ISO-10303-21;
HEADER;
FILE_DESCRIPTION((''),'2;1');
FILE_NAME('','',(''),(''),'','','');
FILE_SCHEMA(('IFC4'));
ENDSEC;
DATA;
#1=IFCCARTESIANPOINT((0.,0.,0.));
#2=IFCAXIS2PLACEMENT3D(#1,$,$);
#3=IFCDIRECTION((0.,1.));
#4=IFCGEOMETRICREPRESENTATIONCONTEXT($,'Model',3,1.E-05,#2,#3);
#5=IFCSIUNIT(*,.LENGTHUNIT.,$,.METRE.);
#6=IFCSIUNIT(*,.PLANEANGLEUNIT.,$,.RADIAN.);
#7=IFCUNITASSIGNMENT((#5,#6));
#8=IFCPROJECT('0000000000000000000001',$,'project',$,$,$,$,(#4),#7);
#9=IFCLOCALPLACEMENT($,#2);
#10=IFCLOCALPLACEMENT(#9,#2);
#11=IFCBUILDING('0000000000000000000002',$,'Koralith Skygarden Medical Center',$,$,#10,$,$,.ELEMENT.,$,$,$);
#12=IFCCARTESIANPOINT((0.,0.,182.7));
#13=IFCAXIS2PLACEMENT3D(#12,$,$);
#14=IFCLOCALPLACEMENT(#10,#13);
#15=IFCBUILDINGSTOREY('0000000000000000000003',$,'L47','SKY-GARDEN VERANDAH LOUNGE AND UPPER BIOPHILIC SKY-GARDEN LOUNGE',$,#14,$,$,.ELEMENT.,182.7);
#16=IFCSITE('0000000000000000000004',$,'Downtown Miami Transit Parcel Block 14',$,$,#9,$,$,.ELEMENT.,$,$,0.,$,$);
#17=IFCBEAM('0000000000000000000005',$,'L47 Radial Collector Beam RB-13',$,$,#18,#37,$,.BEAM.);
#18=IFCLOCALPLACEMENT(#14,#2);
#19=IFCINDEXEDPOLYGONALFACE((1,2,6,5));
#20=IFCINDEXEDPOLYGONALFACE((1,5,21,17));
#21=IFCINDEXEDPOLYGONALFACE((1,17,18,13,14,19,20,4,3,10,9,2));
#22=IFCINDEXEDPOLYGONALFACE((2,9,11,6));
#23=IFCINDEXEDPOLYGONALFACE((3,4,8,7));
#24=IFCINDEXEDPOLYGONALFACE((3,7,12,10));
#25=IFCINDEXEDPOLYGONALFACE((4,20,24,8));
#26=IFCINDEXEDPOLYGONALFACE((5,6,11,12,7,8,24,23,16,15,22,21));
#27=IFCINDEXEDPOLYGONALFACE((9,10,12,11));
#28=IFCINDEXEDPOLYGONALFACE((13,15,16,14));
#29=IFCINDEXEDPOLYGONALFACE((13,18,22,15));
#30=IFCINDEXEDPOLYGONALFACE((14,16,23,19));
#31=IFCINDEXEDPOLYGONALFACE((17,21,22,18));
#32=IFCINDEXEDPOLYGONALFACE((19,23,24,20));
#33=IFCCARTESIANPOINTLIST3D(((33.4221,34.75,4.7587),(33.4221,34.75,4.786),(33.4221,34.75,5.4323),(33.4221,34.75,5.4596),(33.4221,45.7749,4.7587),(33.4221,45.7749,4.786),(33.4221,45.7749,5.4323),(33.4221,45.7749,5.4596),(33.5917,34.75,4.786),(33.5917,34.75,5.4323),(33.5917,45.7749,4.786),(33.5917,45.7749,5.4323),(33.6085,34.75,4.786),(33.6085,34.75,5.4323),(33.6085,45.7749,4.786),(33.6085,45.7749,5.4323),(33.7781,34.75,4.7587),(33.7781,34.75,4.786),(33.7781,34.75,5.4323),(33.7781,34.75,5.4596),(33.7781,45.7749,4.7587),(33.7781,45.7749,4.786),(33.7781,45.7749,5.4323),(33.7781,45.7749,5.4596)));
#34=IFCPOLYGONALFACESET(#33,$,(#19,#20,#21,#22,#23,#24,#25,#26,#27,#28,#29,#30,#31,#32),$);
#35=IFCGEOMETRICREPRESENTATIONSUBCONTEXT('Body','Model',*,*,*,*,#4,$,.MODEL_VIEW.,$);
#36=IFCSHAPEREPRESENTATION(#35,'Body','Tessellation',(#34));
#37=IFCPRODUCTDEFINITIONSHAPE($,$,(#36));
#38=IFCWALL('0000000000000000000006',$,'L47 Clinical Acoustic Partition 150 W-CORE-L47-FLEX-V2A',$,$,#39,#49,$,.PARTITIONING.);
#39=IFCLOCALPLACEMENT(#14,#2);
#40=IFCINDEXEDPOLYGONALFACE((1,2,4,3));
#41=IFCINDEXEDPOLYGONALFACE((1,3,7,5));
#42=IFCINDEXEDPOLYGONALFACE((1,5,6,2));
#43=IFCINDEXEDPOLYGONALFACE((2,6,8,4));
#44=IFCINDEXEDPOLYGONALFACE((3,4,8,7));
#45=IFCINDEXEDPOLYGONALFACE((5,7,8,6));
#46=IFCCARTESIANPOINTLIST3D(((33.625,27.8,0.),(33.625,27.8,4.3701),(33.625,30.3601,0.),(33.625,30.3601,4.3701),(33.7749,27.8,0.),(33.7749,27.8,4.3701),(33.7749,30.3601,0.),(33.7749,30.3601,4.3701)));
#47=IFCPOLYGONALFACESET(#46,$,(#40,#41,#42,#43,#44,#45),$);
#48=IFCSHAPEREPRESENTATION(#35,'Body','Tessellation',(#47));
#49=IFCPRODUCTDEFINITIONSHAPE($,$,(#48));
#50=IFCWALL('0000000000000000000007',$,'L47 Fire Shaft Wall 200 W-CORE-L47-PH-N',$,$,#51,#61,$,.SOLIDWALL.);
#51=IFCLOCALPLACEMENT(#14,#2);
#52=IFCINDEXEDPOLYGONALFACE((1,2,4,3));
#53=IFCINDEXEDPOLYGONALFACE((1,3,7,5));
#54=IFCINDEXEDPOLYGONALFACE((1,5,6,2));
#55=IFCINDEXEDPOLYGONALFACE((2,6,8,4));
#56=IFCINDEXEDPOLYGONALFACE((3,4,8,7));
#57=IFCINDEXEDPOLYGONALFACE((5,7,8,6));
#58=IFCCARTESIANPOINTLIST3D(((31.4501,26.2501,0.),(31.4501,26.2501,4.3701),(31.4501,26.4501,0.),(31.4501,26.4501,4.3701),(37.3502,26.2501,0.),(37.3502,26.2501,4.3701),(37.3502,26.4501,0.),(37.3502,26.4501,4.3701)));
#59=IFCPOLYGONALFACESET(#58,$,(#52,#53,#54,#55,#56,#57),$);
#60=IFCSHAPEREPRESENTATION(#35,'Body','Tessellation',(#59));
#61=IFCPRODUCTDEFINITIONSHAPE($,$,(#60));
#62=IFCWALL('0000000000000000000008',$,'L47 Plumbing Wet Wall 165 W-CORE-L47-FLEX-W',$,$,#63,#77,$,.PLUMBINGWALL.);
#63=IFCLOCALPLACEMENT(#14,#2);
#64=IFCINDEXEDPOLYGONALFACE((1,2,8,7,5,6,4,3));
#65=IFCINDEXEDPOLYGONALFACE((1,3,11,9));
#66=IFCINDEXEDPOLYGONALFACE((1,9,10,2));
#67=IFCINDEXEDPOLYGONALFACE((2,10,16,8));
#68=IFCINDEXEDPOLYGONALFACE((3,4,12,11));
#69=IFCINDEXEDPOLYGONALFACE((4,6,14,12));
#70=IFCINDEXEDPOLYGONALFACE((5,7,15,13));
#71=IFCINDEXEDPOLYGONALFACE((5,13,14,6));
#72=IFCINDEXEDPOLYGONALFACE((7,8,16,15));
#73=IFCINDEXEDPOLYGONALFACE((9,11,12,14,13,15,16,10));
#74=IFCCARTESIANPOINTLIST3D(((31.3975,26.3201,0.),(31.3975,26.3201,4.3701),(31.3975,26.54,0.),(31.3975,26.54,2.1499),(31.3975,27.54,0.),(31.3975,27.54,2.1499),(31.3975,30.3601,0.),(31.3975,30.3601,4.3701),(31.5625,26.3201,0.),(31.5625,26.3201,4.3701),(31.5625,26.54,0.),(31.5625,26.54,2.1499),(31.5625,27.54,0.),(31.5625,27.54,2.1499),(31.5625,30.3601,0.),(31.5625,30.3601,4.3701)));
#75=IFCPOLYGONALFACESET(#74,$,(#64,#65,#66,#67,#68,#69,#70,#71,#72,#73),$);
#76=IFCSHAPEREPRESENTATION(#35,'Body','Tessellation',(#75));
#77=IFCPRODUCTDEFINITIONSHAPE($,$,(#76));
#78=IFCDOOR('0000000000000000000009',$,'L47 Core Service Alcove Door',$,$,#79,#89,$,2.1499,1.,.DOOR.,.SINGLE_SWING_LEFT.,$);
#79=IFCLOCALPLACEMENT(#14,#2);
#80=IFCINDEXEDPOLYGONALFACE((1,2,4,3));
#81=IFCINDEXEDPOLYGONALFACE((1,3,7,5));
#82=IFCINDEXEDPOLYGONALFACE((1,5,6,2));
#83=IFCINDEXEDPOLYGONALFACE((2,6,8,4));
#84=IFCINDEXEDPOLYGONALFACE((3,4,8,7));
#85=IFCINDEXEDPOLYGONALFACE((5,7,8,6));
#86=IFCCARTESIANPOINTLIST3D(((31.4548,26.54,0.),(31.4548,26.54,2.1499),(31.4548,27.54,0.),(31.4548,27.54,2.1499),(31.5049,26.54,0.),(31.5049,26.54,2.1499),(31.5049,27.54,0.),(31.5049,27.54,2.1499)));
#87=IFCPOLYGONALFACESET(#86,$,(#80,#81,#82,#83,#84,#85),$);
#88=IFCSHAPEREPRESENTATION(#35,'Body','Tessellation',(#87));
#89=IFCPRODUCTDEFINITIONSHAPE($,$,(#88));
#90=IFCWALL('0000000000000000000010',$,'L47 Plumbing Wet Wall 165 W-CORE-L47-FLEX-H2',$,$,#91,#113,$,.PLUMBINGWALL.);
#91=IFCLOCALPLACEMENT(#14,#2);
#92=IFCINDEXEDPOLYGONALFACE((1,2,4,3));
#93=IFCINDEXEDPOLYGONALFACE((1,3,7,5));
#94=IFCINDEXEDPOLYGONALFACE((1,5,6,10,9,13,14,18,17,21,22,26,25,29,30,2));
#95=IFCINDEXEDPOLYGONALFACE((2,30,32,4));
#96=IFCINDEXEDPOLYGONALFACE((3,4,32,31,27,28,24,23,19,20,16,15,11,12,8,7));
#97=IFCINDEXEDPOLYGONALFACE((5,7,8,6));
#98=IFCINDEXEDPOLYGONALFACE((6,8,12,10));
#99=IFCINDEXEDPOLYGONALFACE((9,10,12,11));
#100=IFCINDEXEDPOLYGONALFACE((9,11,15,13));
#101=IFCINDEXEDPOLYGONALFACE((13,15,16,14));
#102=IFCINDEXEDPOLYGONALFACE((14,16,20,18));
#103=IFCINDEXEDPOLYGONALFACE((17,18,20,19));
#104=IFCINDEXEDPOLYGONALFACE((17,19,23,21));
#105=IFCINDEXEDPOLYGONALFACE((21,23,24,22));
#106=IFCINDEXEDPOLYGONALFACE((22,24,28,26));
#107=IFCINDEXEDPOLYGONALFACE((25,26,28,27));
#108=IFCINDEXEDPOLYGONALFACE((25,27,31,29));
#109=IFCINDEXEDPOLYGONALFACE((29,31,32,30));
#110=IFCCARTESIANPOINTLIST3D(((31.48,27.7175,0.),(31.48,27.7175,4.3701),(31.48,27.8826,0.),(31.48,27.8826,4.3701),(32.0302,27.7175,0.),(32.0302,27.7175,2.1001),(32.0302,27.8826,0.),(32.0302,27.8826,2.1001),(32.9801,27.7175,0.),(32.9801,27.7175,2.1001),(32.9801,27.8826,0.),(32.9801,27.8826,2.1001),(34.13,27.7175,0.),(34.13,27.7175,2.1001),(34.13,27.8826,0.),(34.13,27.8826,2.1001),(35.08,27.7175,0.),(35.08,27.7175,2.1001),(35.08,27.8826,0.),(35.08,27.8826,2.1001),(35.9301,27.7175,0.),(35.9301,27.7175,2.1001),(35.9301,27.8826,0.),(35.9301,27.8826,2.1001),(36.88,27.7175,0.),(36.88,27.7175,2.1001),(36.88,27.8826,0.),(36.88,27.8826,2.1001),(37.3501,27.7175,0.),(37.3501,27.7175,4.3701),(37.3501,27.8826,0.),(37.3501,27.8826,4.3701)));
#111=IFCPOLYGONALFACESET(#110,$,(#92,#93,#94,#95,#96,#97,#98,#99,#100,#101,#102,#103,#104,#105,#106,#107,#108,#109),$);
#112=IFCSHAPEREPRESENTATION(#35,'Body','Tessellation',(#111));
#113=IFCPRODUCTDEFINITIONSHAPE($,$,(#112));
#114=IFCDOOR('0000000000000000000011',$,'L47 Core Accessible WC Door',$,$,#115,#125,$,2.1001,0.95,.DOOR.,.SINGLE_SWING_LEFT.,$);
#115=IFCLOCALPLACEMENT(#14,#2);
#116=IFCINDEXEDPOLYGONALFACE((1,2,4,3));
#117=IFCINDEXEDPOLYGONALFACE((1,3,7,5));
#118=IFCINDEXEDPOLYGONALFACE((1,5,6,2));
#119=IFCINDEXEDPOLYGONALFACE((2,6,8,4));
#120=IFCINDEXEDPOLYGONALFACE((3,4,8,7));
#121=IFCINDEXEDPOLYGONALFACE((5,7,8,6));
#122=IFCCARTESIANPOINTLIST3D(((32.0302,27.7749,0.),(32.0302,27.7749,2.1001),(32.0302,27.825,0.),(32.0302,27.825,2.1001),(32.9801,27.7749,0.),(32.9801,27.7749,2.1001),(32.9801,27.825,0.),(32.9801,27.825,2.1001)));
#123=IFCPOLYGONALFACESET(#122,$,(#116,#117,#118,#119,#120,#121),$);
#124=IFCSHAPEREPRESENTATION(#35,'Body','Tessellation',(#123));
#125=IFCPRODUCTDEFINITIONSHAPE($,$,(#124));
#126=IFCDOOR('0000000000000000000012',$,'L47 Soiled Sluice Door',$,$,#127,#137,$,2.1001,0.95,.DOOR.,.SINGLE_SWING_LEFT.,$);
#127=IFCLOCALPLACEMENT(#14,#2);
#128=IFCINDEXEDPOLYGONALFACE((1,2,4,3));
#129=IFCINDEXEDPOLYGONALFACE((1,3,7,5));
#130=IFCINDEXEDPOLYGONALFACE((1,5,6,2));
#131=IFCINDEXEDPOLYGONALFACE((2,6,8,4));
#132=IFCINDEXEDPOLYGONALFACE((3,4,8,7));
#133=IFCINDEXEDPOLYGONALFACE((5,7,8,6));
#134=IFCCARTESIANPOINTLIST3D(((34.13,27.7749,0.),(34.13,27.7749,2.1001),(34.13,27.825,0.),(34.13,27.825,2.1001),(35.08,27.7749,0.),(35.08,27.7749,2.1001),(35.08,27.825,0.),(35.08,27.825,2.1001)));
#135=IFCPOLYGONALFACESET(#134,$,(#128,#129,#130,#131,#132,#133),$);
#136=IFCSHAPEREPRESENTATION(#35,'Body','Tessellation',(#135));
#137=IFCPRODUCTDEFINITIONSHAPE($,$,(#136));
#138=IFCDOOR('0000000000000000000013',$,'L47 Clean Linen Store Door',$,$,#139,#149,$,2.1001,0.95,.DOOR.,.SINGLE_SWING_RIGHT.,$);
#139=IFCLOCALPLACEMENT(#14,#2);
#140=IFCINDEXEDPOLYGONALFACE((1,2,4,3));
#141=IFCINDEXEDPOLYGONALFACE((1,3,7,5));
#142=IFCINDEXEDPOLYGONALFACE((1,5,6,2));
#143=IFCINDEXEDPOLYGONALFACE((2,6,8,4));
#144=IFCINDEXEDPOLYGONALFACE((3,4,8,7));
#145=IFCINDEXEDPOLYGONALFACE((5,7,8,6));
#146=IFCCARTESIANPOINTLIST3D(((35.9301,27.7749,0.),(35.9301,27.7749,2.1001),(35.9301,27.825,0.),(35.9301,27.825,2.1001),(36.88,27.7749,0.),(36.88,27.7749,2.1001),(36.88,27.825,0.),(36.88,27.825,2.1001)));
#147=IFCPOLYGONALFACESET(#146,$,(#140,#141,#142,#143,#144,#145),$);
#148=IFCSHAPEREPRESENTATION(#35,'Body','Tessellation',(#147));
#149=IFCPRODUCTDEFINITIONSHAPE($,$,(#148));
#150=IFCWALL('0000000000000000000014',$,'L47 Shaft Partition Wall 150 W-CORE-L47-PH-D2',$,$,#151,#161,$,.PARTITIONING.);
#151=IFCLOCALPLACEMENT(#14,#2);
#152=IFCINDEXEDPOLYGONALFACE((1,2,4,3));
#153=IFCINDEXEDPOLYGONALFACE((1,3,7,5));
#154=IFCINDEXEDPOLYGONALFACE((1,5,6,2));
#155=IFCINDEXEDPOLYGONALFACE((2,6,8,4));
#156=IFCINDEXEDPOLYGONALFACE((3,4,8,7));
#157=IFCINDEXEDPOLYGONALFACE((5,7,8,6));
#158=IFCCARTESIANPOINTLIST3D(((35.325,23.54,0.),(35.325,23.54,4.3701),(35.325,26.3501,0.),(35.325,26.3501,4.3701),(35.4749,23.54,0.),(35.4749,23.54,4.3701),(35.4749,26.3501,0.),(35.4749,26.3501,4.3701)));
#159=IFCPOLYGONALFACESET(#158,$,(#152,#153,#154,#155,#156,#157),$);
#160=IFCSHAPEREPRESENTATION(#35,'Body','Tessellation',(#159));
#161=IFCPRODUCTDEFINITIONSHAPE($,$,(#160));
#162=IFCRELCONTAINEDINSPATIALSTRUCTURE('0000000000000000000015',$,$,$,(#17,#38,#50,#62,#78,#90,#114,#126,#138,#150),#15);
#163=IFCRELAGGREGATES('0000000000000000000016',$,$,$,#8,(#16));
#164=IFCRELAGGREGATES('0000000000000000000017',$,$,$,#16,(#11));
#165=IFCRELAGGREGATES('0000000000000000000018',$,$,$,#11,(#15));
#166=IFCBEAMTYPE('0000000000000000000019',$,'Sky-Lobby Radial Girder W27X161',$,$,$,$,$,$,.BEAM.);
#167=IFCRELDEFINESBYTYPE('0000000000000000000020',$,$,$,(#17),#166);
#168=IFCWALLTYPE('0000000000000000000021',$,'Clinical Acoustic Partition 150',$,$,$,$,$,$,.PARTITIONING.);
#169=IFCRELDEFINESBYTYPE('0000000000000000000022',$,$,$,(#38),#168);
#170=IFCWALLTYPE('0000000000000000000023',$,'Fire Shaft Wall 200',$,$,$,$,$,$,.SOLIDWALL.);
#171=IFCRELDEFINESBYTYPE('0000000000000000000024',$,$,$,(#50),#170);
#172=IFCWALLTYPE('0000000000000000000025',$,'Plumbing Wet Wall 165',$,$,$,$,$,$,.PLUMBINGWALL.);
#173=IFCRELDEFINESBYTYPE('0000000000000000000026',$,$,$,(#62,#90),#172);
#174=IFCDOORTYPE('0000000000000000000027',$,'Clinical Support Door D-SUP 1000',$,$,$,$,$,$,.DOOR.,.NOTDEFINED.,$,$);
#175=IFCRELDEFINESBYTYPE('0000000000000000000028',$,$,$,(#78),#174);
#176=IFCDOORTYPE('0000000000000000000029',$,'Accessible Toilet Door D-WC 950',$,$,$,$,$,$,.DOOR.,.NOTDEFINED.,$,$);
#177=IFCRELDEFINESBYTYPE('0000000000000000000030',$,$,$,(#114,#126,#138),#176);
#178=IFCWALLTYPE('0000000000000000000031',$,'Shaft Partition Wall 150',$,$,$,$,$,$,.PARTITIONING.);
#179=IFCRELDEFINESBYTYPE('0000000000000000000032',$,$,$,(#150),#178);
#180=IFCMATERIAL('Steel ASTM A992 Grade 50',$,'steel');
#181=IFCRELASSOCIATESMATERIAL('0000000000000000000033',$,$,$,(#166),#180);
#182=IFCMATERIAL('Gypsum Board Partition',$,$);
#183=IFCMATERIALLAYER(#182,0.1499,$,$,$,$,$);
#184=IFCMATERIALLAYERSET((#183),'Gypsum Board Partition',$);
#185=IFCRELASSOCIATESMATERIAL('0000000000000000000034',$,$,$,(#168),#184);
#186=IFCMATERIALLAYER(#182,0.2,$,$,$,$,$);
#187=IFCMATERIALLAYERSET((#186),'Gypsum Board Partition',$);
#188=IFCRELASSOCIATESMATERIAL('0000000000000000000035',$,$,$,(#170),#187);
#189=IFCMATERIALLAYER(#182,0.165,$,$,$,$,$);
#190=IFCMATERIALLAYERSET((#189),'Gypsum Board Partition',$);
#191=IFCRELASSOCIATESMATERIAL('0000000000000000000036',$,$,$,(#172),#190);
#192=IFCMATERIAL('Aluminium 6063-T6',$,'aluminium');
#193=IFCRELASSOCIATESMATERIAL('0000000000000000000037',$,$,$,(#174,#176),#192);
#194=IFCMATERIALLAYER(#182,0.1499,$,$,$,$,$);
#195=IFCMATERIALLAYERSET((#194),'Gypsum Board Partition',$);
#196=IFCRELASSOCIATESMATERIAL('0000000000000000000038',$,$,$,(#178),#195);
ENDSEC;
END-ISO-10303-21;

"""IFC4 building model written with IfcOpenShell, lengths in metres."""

from ifc_helpers import new_model, si_unit, direction, frame, frame_2d, origin, origin_2d, place, context, subcontext, project, spatial, rectangle, i_section, extrude, material, layer, layer_set, material_profile, profile_set, type_object, element, fill, save


model = new_model("IFC4")

# Units and contexts
model_context = context("Model", 3, precision=1e-05, world=origin(), true_north=direction((0.0, 1.0)))
body_context = subcontext(model_context, "Body", "Model", "MODEL_VIEW")
ifc_project = project(units=[si_unit("LENGTHUNIT", "METRE"), si_unit("PLANEANGLEUNIT", "RADIAN")], contexts=[model_context])

# Site, building, storey
site_placement = place(None, origin())
site = spatial("IfcSite", under=ifc_project, at=site_placement, Name="Downtown Miami Transit Parcel Block 14", CompositionType="ELEMENT", RefElevation=0.0)
building_placement = place(site_placement, origin())
building = spatial("IfcBuilding", under=site, at=building_placement, Name="Koralith Skygarden Medical Center", CompositionType="ELEMENT")
storey_placement = place(building_placement, frame((0.0, 0.0, 182.7)))
storey = spatial("IfcBuildingStorey", under=building, at=storey_placement, Name="L47", Description="SKY-GARDEN VERANDAH LOUNGE AND UPPER BIOPHILIC SKY-GARDEN LOUNGE", CompositionType="ELEMENT", Elevation=182.7)

# Beam
ifc_material_1 = material(Name="Steel ASTM A992 Grade 50", Category="steel")
ifc_material_profile = material_profile(ifc_material_1, i_section(OverallWidth=0.356, OverallDepth=0.7009, WebThickness=0.0168, FlangeThickness=0.0273, at=origin_2d()), Name="W27X161")
ifc_profile_set = profile_set([ifc_material_profile], Name="Steel ASTM A992 Grade 50")
beam_type = type_object("IfcBeamType", Name="Sky-Lobby Radial Girder W27X161", PredefinedType="BEAM", material=ifc_profile_set)
beam_placement = place(storey_placement, frame((33.6001, 34.75, 5.1091), z_axis=(0.0, 1.0, 0.0), x_axis=(-1.0, 0.0, 0.0)))
element("IfcBeam", 1, at=beam_placement, inside=storey, type_object=beam_type, Name="L47 Radial Collector Beam RB-13", PredefinedType="BEAM", context=body_context, shape_type="SweptSolid", body=[
    extrude(i_section(OverallWidth=0.356, OverallDepth=0.7009, WebThickness=0.0168, FlangeThickness=0.0273, at=origin_2d()), origin(), (0.0, 0.0, 1.0), 11.0249),
])

# Walls
ifc_material_2 = material(Name="Gypsum Board Partition")
ifc_layer_1 = layer(ifc_material_2, 0.1499)
ifc_layer_set_1 = layer_set([ifc_layer_1], Name="Gypsum Board Partition")
wall_type_1 = type_object("IfcWallType", Name="Clinical Acoustic Partition 150", PredefinedType="PARTITIONING", material=ifc_layer_set_1)
wall_1_placement = place(storey_placement, frame((33.7, 27.8, 0.0), z_axis=(0.0, 0.0, 1.0), x_axis=(0.0, 1.0, 0.0)))
element("IfcWall", 2, at=wall_1_placement, inside=storey, type_object=wall_type_1, Name="L47 Clinical Acoustic Partition 150 W-CORE-L47-FLEX-V2A", PredefinedType="PARTITIONING", context=body_context, shape_type="SweptSolid", body=[
    extrude(rectangle(XDim=2.5601, YDim=0.1499, at=frame_2d((1.28, 0.0))), origin(), (0.0, 0.0, 1.0), 4.3701),
])
ifc_layer_2 = layer(ifc_material_2, 0.2)
ifc_layer_set_2 = layer_set([ifc_layer_2], Name="Gypsum Board Partition")
wall_type_2 = type_object("IfcWallType", Name="Fire Shaft Wall 200", PredefinedType="SOLIDWALL", material=ifc_layer_set_2)
wall_2_placement = place(storey_placement, frame((31.45, 26.3501, 0.0), z_axis=(0.0, 0.0, 1.0), x_axis=(1.0, 0.0, 0.0)))
element("IfcWall", 3, at=wall_2_placement, inside=storey, type_object=wall_type_2, Name="L47 Fire Shaft Wall 200 W-CORE-L47-PH-N", PredefinedType="SOLIDWALL", context=body_context, shape_type="SweptSolid", body=[
    extrude(rectangle(XDim=5.9001, YDim=0.2, at=frame_2d((2.9502, 0.0))), origin(), (0.0, 0.0, 1.0), 4.3701),
])

# Wall, opening, door
ifc_layer_3 = layer(ifc_material_2, 0.165)
ifc_layer_set_3 = layer_set([ifc_layer_3], Name="Gypsum Board Partition")
wall_type_3 = type_object("IfcWallType", Name="Plumbing Wet Wall 165", PredefinedType="PLUMBINGWALL", material=ifc_layer_set_3)
wall_3_placement = place(storey_placement, frame((31.48, 26.3201, 0.0), z_axis=(0.0, 0.0, 1.0), x_axis=(0.0, 1.0, 0.0)))
wall_3 = element("IfcWall", 4, at=wall_3_placement, inside=storey, type_object=wall_type_3, Name="L47 Plumbing Wet Wall 165 W-CORE-L47-FLEX-W", PredefinedType="PLUMBINGWALL", context=body_context, shape_type="SweptSolid", body=[
    extrude(rectangle(XDim=4.04, YDim=0.165, at=frame_2d((2.02, 0.0))), origin(), (0.0, 0.0, 1.0), 4.3701),
])
opening_1_placement = place(wall_3_placement, frame((0.22, 0.0, 0.0)))
opening_1 = element("IfcOpeningElement", 5, at=opening_1_placement, cuts=wall_3, PredefinedType="OPENING", context=body_context, shape_type="SweptSolid", body=[
    extrude(rectangle(XDim=1.0, YDim=2.1499, at=frame_2d((0.5, 1.075))), frame((0.0, 0.0925, 0.0), z_axis=(0.0, -1.0, 0.0), x_axis=(1.0, 0.0, 0.0)), (0.0, 0.0, 1.0), 0.1851),
])
ifc_material_3 = material(Name="Aluminium 6063-T6", Category="aluminium")
door_type_1 = type_object("IfcDoorType", Name="Clinical Support Door D-SUP 1000", OperationType="NOTDEFINED", PredefinedType="DOOR", material=ifc_material_3)
door_1_placement = place(opening_1_placement, frame((1.0, 0.0, 0.0), z_axis=(0.0, 0.0, 1.0), x_axis=(-1.0, 0.0, 0.0)))
door_1 = element("IfcDoor", 6, at=door_1_placement, inside=storey, type_object=door_type_1, Name="L47 Core Service Alcove Door", OperationType="SINGLE_SWING_LEFT", OverallHeight=2.1499, OverallWidth=1.0, PredefinedType="DOOR", context=body_context, shape_type="SweptSolid", body=[
    extrude(rectangle(XDim=1.0, YDim=2.1499, at=frame_2d((0.5, 1.075))), frame((0.0, 0.0249, 0.0), z_axis=(0.0, -1.0, 0.0), x_axis=(1.0, 0.0, 0.0)), (0.0, 0.0, 1.0), 0.05),
])
fill(opening_1, door_1)

# Wall, openings, doors
wall_4_placement = place(storey_placement, frame((31.48, 27.8, 0.0), z_axis=(0.0, 0.0, 1.0), x_axis=(1.0, 0.0, 0.0)))
wall_4 = element("IfcWall", 7, at=wall_4_placement, inside=storey, type_object=wall_type_3, Name="L47 Plumbing Wet Wall 165 W-CORE-L47-FLEX-H2", PredefinedType="PLUMBINGWALL", context=body_context, shape_type="SweptSolid", body=[
    extrude(rectangle(XDim=5.8701, YDim=0.165, at=frame_2d((2.9351, 0.0))), origin(), (0.0, 0.0, 1.0), 4.3701),
])
opening_2_placement = place(wall_4_placement, frame((0.55, 0.0, 0.0)))
opening_2 = element("IfcOpeningElement", 8, at=opening_2_placement, cuts=wall_4, PredefinedType="OPENING", context=body_context, shape_type="SweptSolid", body=[
    extrude(rectangle(XDim=0.95, YDim=2.1001, at=frame_2d((0.4751, 1.05))), frame((0.0, 0.0925, 0.0), z_axis=(0.0, -1.0, 0.0), x_axis=(1.0, 0.0, 0.0)), (0.0, 0.0, 1.0), 0.1851),
])
opening_3_placement = place(wall_4_placement, frame((2.6499, 0.0, 0.0)))
opening_3 = element("IfcOpeningElement", 9, at=opening_3_placement, cuts=wall_4, PredefinedType="OPENING", context=body_context, shape_type="SweptSolid", body=[
    extrude(rectangle(XDim=0.95, YDim=2.1001, at=frame_2d((0.4751, 1.05))), frame((0.0, 0.0925, 0.0), z_axis=(0.0, -1.0, 0.0), x_axis=(1.0, 0.0, 0.0)), (0.0, 0.0, 1.0), 0.1851),
])
opening_4_placement = place(wall_4_placement, frame((4.45, 0.0, 0.0)))
opening_4 = element("IfcOpeningElement", 10, at=opening_4_placement, cuts=wall_4, PredefinedType="OPENING", context=body_context, shape_type="SweptSolid", body=[
    extrude(rectangle(XDim=0.95, YDim=2.1001, at=frame_2d((0.4751, 1.05))), frame((0.0, 0.0925, 0.0), z_axis=(0.0, -1.0, 0.0), x_axis=(1.0, 0.0, 0.0)), (0.0, 0.0, 1.0), 0.1851),
])
door_type_2 = type_object("IfcDoorType", Name="Accessible Toilet Door D-WC 950", OperationType="NOTDEFINED", PredefinedType="DOOR", material=ifc_material_3)
door_2_placement = place(opening_2_placement, origin())
door_2 = element("IfcDoor", 11, at=door_2_placement, inside=storey, type_object=door_type_2, Name="L47 Core Accessible WC Door", OperationType="SINGLE_SWING_LEFT", OverallHeight=2.1001, OverallWidth=0.95, PredefinedType="DOOR", context=body_context, shape_type="SweptSolid", body=[
    extrude(rectangle(XDim=0.95, YDim=2.1001, at=frame_2d((0.4751, 1.05))), frame((0.0, 0.0249, 0.0), z_axis=(0.0, -1.0, 0.0), x_axis=(1.0, 0.0, 0.0)), (0.0, 0.0, 1.0), 0.05),
])
fill(opening_2, door_2)
door_3_placement = place(opening_3_placement, origin())
door_3 = element("IfcDoor", 12, at=door_3_placement, inside=storey, type_object=door_type_2, Name="L47 Soiled Sluice Door", OperationType="SINGLE_SWING_LEFT", OverallHeight=2.1001, OverallWidth=0.95, PredefinedType="DOOR", context=body_context, shape_type="SweptSolid", body=[
    extrude(rectangle(XDim=0.95, YDim=2.1001, at=frame_2d((0.4751, 1.05))), frame((0.0, 0.0249, 0.0), z_axis=(0.0, -1.0, 0.0), x_axis=(1.0, 0.0, 0.0)), (0.0, 0.0, 1.0), 0.05),
])
fill(opening_3, door_3)
door_4_placement = place(opening_4_placement, origin())
door_4 = element("IfcDoor", 13, at=door_4_placement, inside=storey, type_object=door_type_2, Name="L47 Clean Linen Store Door", OperationType="SINGLE_SWING_RIGHT", OverallHeight=2.1001, OverallWidth=0.95, PredefinedType="DOOR", context=body_context, shape_type="SweptSolid", body=[
    extrude(rectangle(XDim=0.95, YDim=2.1001, at=frame_2d((0.4751, 1.05))), frame((0.0, 0.0249, 0.0), z_axis=(0.0, -1.0, 0.0), x_axis=(1.0, 0.0, 0.0)), (0.0, 0.0, 1.0), 0.05),
])
fill(opening_4, door_4)

# Wall
ifc_layer_4 = layer(ifc_material_2, 0.1499)
ifc_layer_set_4 = layer_set([ifc_layer_4], Name="Gypsum Board Partition")
wall_type_4 = type_object("IfcWallType", Name="Shaft Partition Wall 150", PredefinedType="PARTITIONING", material=ifc_layer_set_4)
wall_5_placement = place(storey_placement, frame((35.3999, 23.54, 0.0), z_axis=(0.0, 0.0, 1.0), x_axis=(0.0, 1.0, 0.0)))
element("IfcWall", 14, at=wall_5_placement, inside=storey, type_object=wall_type_4, Name="L47 Shaft Partition Wall 150 W-CORE-L47-PH-D2", PredefinedType="PARTITIONING", context=body_context, shape_type="SweptSolid", body=[
    extrude(rectangle(XDim=2.8101, YDim=0.1499, at=frame_2d((1.405, 0.0))), origin(), (0.0, 0.0, 1.0), 4.3701),
])

save(model, "model.ifc")
